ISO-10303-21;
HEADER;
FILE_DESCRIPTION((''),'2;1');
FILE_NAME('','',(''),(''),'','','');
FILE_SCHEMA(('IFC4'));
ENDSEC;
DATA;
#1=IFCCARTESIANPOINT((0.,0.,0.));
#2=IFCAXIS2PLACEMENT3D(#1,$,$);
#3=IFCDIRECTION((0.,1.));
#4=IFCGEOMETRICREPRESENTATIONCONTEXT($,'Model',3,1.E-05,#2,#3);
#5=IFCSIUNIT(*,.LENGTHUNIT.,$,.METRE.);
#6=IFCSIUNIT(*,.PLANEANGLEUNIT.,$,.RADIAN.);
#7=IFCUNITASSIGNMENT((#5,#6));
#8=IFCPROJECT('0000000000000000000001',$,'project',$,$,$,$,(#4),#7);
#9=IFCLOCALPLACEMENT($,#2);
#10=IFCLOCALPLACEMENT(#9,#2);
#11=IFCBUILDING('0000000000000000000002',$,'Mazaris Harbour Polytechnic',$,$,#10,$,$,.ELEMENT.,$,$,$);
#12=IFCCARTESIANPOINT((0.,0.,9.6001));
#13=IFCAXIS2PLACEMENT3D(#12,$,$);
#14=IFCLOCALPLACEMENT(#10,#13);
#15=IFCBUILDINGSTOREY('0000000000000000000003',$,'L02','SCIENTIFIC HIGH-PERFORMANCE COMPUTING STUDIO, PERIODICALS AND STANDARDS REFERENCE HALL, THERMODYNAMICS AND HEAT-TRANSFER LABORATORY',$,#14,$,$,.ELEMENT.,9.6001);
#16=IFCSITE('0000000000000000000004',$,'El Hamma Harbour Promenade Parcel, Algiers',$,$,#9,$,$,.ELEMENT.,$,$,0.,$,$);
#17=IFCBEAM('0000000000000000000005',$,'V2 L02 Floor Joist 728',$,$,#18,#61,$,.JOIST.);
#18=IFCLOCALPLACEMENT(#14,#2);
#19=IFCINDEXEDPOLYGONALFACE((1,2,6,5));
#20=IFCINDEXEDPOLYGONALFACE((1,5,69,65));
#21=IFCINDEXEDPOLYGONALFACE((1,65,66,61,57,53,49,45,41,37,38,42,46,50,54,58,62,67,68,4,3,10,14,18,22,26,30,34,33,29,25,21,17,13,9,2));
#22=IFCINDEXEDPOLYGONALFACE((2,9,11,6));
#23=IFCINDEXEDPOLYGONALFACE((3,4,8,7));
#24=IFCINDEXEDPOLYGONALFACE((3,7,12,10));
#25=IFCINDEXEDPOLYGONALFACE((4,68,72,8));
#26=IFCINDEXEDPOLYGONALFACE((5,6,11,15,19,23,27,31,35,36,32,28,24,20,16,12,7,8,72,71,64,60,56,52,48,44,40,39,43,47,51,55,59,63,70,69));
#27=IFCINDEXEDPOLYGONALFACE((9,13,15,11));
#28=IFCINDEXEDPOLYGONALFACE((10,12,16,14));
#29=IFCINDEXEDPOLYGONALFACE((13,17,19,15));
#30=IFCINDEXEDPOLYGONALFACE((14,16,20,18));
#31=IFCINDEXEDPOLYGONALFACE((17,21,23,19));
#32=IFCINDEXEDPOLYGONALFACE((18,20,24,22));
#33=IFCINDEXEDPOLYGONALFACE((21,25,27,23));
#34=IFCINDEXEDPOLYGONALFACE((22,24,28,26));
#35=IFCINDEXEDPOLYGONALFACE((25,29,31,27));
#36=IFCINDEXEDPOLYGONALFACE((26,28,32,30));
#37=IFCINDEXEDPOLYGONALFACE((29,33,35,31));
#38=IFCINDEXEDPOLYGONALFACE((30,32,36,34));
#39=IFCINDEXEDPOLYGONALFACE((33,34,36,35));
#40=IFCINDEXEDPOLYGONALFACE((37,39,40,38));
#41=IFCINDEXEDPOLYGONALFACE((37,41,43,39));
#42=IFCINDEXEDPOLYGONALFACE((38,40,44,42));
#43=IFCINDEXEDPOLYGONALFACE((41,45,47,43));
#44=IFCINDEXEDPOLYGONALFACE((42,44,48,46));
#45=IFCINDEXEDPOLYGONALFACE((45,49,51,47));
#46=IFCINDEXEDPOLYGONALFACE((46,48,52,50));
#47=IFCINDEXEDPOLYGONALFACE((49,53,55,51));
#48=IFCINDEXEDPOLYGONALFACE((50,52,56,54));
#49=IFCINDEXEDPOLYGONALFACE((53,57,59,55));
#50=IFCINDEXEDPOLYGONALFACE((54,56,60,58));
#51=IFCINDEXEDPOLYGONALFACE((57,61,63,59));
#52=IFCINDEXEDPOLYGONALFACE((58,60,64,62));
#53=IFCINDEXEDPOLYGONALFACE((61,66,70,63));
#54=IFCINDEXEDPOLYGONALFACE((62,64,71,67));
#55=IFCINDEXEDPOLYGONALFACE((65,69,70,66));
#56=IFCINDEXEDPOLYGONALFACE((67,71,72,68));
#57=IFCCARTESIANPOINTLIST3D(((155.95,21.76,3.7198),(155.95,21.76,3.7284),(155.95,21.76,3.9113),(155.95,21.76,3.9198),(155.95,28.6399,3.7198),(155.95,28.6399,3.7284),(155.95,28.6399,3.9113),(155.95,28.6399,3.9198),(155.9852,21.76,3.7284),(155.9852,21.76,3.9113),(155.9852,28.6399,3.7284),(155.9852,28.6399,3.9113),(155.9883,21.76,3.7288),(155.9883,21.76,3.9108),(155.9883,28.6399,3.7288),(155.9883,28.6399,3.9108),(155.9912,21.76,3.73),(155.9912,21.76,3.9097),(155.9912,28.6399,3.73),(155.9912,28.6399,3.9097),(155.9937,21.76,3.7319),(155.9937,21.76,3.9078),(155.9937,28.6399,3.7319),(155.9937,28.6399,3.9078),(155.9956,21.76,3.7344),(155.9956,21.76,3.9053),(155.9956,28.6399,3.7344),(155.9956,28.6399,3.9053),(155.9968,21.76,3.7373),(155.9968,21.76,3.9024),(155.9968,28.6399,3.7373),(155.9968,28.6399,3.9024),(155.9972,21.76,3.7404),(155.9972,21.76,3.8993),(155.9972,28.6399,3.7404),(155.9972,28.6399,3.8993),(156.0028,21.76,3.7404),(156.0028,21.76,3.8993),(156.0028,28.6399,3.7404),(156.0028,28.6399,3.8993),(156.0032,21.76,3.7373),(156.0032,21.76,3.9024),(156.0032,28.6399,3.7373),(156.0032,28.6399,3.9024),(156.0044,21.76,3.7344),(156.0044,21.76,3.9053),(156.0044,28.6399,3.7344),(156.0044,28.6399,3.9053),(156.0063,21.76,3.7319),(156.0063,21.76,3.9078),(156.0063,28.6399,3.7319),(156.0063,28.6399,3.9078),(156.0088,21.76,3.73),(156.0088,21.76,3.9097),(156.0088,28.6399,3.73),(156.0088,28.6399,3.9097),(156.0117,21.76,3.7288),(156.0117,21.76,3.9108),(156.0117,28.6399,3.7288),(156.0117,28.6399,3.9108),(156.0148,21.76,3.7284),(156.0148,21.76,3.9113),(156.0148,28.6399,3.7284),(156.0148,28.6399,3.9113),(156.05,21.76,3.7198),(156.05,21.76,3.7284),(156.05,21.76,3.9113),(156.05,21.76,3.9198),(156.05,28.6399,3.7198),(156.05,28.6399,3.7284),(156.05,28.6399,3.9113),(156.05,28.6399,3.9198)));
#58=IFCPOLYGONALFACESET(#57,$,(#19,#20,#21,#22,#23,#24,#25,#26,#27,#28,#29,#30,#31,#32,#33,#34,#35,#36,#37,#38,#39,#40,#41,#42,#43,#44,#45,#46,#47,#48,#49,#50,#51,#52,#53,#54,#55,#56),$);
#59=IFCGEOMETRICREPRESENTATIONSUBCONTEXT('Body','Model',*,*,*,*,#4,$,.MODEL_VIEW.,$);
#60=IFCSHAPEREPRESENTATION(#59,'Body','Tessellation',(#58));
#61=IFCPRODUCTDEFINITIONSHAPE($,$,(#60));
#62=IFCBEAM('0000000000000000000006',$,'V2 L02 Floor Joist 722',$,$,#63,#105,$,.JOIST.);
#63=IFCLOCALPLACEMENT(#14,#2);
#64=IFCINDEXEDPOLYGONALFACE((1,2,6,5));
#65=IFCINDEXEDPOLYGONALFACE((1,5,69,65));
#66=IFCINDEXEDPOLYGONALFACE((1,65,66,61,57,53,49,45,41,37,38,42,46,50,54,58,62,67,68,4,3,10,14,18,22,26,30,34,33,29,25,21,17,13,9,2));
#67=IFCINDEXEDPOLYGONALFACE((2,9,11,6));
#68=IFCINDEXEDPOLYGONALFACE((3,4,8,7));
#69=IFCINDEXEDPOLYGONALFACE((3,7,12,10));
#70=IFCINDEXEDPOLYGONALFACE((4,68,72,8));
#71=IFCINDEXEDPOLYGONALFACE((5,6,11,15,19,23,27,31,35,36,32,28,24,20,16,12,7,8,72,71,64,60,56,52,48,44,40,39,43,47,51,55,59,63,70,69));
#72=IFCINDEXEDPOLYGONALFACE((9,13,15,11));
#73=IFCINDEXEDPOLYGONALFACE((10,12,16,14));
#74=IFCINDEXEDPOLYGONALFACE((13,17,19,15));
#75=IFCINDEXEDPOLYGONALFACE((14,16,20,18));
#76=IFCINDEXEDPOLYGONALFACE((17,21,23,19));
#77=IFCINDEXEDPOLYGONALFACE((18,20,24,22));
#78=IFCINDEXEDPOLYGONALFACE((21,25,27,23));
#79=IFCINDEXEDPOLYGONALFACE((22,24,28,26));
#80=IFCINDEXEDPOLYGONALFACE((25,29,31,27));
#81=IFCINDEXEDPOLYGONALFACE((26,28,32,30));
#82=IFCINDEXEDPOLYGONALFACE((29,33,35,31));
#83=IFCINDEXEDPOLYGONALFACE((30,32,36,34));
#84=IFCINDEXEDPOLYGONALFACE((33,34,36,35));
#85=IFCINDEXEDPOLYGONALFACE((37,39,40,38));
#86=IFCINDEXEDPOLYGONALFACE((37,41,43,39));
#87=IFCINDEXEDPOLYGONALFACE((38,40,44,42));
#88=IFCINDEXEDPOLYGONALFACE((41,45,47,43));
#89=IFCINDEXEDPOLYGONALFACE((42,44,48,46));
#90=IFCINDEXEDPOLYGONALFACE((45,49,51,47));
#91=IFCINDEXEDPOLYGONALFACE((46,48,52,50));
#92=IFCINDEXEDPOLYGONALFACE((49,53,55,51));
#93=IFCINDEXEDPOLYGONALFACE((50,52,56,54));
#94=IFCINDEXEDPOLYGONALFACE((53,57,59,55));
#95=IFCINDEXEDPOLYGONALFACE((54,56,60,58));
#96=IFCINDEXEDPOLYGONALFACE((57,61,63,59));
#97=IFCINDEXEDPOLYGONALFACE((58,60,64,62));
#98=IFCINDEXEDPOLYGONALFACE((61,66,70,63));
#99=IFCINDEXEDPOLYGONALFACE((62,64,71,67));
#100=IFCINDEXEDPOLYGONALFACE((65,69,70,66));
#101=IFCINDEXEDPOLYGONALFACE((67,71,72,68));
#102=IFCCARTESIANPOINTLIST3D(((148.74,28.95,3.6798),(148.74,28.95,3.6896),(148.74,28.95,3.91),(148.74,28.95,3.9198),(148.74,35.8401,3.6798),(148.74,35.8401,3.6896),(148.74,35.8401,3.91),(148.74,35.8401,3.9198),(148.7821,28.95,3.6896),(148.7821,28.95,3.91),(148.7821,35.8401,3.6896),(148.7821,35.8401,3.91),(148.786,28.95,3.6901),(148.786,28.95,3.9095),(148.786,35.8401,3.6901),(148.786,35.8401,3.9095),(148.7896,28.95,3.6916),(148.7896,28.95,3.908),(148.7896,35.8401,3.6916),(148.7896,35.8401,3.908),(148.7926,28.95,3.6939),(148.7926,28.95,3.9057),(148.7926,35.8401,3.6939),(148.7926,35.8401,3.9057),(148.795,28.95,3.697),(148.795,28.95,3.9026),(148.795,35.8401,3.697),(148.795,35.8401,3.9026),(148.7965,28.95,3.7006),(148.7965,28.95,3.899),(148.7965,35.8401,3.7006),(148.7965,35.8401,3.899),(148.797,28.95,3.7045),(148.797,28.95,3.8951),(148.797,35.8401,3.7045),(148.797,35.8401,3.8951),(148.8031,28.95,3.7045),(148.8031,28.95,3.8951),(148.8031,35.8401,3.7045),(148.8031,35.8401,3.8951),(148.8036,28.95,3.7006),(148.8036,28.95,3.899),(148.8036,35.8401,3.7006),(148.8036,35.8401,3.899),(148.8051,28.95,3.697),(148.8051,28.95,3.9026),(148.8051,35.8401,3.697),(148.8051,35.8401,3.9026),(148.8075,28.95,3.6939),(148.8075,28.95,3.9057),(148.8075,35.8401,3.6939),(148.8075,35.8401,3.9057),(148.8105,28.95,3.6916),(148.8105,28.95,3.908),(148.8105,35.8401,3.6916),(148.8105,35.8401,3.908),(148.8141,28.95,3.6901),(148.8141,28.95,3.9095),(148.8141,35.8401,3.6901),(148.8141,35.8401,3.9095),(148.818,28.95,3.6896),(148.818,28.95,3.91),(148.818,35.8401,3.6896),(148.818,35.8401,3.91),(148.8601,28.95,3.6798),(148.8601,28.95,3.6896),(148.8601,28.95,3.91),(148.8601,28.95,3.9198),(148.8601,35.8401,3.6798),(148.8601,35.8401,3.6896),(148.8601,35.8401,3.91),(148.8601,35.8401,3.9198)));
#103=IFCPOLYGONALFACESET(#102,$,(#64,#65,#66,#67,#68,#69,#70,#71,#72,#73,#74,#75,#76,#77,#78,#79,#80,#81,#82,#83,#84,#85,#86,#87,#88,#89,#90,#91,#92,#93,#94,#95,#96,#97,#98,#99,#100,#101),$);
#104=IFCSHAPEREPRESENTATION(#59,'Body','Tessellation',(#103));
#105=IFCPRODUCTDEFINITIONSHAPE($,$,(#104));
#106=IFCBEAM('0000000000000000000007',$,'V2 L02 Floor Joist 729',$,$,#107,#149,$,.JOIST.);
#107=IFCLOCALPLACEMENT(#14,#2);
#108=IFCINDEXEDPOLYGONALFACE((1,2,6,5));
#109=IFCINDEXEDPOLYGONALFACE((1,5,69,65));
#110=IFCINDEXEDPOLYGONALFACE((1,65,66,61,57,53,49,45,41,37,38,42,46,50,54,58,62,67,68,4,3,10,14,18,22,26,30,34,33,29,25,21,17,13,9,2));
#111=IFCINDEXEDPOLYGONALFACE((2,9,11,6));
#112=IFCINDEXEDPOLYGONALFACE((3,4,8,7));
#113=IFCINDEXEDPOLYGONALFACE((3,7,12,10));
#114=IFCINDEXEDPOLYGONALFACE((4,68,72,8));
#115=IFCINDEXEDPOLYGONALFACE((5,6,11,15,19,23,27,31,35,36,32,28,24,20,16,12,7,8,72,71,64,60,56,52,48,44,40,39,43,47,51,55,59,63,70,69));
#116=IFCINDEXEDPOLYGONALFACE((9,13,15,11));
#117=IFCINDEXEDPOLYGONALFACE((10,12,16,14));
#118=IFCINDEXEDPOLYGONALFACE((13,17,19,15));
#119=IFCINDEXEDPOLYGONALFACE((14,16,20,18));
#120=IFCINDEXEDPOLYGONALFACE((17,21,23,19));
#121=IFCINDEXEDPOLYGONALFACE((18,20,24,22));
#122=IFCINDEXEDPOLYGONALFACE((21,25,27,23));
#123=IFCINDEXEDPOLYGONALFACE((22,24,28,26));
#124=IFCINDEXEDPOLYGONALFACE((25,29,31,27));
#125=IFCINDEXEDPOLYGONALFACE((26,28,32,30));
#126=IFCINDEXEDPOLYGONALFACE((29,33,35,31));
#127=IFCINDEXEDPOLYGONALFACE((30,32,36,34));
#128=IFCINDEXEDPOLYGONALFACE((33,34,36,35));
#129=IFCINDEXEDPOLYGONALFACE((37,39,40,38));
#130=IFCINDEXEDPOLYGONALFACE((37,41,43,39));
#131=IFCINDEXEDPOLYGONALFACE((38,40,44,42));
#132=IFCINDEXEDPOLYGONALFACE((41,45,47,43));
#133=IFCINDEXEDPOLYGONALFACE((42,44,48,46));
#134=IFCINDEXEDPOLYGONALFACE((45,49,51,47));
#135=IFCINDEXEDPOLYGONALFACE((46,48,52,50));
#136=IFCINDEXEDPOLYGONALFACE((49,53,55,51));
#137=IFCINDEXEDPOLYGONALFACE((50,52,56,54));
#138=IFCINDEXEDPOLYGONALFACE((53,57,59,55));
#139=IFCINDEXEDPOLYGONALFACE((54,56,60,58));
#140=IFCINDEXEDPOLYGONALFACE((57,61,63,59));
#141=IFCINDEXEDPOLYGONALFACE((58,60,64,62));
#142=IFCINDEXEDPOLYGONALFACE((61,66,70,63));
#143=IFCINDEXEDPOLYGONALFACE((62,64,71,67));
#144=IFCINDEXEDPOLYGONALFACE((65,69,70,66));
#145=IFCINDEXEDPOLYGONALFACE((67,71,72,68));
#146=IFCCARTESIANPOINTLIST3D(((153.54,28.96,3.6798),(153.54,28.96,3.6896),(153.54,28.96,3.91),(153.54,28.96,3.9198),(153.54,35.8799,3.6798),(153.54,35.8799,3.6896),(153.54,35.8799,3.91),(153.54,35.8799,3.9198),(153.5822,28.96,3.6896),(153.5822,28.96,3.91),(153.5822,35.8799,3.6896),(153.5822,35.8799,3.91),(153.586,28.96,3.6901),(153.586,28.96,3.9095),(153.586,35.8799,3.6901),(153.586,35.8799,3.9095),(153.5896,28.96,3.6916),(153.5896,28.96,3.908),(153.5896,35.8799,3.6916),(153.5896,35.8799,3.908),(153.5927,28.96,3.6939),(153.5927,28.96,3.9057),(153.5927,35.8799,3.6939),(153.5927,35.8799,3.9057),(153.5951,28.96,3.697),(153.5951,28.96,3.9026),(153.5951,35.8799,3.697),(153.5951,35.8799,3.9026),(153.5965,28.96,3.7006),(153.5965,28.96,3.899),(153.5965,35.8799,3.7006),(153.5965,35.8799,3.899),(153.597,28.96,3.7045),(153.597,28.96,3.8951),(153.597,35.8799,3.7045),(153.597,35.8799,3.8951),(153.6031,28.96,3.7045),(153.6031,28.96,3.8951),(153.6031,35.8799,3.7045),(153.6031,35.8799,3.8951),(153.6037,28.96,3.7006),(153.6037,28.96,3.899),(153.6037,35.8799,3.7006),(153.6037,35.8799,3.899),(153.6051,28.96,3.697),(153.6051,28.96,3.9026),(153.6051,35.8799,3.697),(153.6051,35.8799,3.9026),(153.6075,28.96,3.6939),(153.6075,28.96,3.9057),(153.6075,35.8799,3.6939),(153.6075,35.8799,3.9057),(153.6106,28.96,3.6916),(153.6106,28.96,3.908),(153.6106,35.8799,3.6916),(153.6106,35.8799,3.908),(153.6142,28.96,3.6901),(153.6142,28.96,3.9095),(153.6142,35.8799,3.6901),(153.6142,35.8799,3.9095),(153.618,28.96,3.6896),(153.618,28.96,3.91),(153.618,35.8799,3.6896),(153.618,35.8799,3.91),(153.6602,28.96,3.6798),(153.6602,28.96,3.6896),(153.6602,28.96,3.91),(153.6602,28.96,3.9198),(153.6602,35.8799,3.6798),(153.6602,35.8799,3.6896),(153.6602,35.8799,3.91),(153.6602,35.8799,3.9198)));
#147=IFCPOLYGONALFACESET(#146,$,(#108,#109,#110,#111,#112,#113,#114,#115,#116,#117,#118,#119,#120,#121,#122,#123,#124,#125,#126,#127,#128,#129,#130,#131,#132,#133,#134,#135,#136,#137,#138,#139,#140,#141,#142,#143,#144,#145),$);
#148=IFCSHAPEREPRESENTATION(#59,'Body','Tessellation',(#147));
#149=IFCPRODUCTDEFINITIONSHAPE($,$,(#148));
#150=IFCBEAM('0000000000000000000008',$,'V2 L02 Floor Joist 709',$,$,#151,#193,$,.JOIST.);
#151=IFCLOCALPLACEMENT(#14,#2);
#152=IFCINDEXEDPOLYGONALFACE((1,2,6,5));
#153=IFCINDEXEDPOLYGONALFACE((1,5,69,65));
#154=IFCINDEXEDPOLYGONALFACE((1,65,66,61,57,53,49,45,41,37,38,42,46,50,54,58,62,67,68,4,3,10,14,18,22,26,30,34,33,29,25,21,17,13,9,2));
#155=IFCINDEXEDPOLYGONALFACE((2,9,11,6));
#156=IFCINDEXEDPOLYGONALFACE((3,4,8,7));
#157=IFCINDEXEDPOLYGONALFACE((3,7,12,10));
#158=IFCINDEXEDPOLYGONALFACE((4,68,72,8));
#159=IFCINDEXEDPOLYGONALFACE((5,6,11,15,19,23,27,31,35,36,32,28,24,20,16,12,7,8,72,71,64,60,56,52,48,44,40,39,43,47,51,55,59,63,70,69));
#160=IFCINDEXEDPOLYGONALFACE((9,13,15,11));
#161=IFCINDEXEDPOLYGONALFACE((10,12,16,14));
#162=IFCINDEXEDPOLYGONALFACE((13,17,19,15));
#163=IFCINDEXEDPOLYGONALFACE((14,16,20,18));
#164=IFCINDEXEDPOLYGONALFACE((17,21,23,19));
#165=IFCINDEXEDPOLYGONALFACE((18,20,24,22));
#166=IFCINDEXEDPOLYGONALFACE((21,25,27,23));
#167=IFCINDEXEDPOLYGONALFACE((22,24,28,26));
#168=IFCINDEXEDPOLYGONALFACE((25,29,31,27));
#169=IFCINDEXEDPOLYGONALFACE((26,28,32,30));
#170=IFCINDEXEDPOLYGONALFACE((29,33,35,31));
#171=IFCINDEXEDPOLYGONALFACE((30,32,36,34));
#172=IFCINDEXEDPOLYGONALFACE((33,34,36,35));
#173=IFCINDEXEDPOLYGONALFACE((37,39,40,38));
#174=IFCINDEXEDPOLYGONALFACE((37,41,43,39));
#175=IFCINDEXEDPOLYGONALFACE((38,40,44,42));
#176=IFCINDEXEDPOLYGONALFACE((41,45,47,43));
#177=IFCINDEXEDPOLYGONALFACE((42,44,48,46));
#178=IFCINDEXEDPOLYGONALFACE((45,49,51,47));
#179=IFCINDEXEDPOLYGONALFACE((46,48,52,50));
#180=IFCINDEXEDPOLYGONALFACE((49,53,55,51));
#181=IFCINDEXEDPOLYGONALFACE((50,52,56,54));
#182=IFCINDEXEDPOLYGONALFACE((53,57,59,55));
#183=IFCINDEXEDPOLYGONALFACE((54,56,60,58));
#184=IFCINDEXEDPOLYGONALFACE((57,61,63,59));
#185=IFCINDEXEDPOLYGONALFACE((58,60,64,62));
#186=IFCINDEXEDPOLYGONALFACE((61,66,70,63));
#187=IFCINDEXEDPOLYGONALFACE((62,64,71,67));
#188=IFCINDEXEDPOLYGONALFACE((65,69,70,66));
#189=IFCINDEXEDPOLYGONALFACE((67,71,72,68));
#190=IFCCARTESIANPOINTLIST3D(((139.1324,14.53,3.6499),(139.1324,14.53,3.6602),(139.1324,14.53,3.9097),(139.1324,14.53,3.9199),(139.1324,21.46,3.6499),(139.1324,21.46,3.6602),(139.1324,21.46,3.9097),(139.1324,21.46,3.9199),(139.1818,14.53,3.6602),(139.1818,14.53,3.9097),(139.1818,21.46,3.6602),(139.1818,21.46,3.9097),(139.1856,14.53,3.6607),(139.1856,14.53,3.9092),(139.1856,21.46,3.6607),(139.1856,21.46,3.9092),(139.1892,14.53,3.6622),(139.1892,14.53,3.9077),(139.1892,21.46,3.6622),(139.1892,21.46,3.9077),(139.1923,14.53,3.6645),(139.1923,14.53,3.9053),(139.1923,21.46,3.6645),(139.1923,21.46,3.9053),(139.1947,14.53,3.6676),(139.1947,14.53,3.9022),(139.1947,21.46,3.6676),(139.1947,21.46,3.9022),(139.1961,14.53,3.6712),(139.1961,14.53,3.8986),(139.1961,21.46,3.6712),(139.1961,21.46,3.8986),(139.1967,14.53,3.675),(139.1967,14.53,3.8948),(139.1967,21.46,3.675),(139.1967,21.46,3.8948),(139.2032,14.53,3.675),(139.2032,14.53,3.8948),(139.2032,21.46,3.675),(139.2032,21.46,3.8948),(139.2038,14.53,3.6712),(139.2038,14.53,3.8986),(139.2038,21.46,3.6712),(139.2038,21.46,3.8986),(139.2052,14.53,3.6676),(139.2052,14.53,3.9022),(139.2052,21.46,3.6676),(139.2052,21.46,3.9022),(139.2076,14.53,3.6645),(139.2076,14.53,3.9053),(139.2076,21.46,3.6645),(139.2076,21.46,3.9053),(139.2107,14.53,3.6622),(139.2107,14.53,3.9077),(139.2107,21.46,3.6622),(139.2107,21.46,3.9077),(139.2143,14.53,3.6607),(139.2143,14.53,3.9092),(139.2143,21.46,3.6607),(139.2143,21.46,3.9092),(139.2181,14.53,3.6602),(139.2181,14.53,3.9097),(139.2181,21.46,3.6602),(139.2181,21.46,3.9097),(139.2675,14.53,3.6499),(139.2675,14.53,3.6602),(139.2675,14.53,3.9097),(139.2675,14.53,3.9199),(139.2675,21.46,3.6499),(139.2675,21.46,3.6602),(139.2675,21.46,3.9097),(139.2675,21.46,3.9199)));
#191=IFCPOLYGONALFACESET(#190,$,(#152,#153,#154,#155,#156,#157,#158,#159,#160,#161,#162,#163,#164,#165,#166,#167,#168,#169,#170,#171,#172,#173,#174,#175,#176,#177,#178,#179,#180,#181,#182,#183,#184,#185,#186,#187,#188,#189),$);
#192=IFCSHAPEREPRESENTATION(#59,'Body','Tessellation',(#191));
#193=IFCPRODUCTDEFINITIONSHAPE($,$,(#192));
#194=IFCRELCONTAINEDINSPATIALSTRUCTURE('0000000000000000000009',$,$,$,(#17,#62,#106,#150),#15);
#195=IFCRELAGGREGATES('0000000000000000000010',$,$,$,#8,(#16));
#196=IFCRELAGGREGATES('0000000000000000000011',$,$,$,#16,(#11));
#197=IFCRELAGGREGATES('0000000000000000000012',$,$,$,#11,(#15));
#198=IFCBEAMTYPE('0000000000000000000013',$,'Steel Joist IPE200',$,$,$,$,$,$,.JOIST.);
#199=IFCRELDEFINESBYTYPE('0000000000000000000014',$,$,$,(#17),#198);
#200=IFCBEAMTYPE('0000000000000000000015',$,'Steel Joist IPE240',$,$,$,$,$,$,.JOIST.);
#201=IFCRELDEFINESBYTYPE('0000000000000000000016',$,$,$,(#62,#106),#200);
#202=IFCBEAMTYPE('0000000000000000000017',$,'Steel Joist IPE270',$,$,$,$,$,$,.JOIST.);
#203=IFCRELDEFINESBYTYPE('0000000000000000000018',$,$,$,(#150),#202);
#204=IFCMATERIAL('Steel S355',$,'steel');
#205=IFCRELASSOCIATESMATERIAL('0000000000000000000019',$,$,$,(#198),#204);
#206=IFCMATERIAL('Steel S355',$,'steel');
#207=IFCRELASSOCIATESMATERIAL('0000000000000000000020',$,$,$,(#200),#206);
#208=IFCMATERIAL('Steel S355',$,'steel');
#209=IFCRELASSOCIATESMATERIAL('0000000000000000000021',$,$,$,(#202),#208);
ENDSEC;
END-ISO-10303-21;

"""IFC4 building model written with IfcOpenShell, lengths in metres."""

from ifc_helpers import new_model, si_unit, direction, frame, origin, origin_2d, place, context, subcontext, project, spatial, i_section, extrude, material, material_profile, profile_set, type_object, element, save


model = new_model("IFC4")

# Units and contexts
model_context = context("Model", 3, precision=1e-05, world=origin(), true_north=direction((0.0, 1.0)))
body_context = subcontext(model_context, "Body", "Model", "MODEL_VIEW")
ifc_project = project(units=[si_unit("LENGTHUNIT", "METRE"), si_unit("PLANEANGLEUNIT", "RADIAN")], contexts=[model_context])

# Site, building, storey
site_placement = place(None, origin())
site = spatial("IfcSite", under=ifc_project, at=site_placement, Name="El Hamma Harbour Promenade Parcel, Algiers", CompositionType="ELEMENT", RefElevation=0.0)
building_placement = place(site_placement, origin())
building = spatial("IfcBuilding", under=site, at=building_placement, Name="Mazaris Harbour Polytechnic", CompositionType="ELEMENT")
storey_placement = place(building_placement, frame((0.0, 0.0, 9.6001)))
storey = spatial("IfcBuildingStorey", under=building, at=storey_placement, Name="L02", Description="SCIENTIFIC HIGH-PERFORMANCE COMPUTING STUDIO, PERIODICALS AND STANDARDS REFERENCE HALL, THERMODYNAMICS AND HEAT-TRANSFER LABORATORY", CompositionType="ELEMENT", Elevation=9.6001)

# Beams
ifc_material_1 = material(Name="Steel S355", Category="steel")
ifc_material_profile_1 = material_profile(ifc_material_1, i_section(OverallWidth=0.1001, OverallDepth=0.2, WebThickness=0.0056, FlangeThickness=0.0085, FilletRadius=0.012, at=origin_2d()), Name="IPE 200")
ifc_profile_set_1 = profile_set([ifc_material_profile_1], Name="Steel S355")
beam_type_1 = type_object("IfcBeamType", Name="Steel Joist IPE200", PredefinedType="JOIST", material=ifc_profile_set_1)
beam_1_placement = place(storey_placement, frame((156.0, 21.76, 3.8198), z_axis=(0.0, 1.0, 0.0), x_axis=(-1.0, 0.0, 0.0)))
element("IfcBeam", 1, at=beam_1_placement, inside=storey, type_object=beam_type_1, Name="V2 L02 Floor Joist 728", PredefinedType="JOIST", context=body_context, shape_type="SweptSolid", body=[
    extrude(i_section(OverallWidth=0.1001, OverallDepth=0.2, WebThickness=0.0056, FlangeThickness=0.0085, FilletRadius=0.012, at=origin_2d()), origin(), (0.0, 0.0, 1.0), 6.8799),
])
ifc_material_2 = material(Name="Steel S355", Category="steel")
ifc_material_profile_2 = material_profile(ifc_material_2, i_section(OverallWidth=0.1201, OverallDepth=0.24, WebThickness=0.0061, FlangeThickness=0.0098, FilletRadius=0.0149, at=origin_2d()), Name="IPE 240")
ifc_profile_set_2 = profile_set([ifc_material_profile_2], Name="Steel S355")
beam_type_2 = type_object("IfcBeamType", Name="Steel Joist IPE240", PredefinedType="JOIST", material=ifc_profile_set_2)
beam_2_placement = place(storey_placement, frame((148.8, 28.95, 3.7998), z_axis=(0.0, 1.0, 0.0), x_axis=(-1.0, 0.0, 0.0)))
element("IfcBeam", 2, at=beam_2_placement, inside=storey, type_object=beam_type_2, Name="V2 L02 Floor Joist 722", PredefinedType="JOIST", context=body_context, shape_type="SweptSolid", body=[
    extrude(i_section(OverallWidth=0.1201, OverallDepth=0.24, WebThickness=0.0061, FlangeThickness=0.0098, FilletRadius=0.0149, at=origin_2d()), origin(), (0.0, 0.0, 1.0), 6.8901),
])
beam_3_placement = place(storey_placement, frame((153.6001, 28.96, 3.7998), z_axis=(0.0, 1.0, 0.0), x_axis=(-1.0, 0.0, 0.0)))
element("IfcBeam", 3, at=beam_3_placement, inside=storey, type_object=beam_type_2, Name="V2 L02 Floor Joist 729", PredefinedType="JOIST", context=body_context, shape_type="SweptSolid", body=[
    extrude(i_section(OverallWidth=0.1201, OverallDepth=0.24, WebThickness=0.0061, FlangeThickness=0.0098, FilletRadius=0.0149, at=origin_2d()), origin(), (0.0, 0.0, 1.0), 6.9199),
])
ifc_material_3 = material(Name="Steel S355", Category="steel")
ifc_material_profile_3 = material_profile(ifc_material_3, i_section(OverallWidth=0.135, OverallDepth=0.27, WebThickness=0.0066, FlangeThickness=0.0103, FilletRadius=0.0149, at=origin_2d()), Name="IPE 270")
ifc_profile_set_3 = profile_set([ifc_material_profile_3], Name="Steel S355")
beam_type_3 = type_object("IfcBeamType", Name="Steel Joist IPE270", PredefinedType="JOIST", material=ifc_profile_set_3)
beam_4_placement = place(storey_placement, frame((139.2, 14.53, 3.7849), z_axis=(0.0, 1.0, 0.0), x_axis=(-1.0, 0.0, 0.0)))
element("IfcBeam", 4, at=beam_4_placement, inside=storey, type_object=beam_type_3, Name="V2 L02 Floor Joist 709", PredefinedType="JOIST", context=body_context, shape_type="SweptSolid", body=[
    extrude(i_section(OverallWidth=0.135, OverallDepth=0.27, WebThickness=0.0066, FlangeThickness=0.0103, FilletRadius=0.0149, at=origin_2d()), origin(), (0.0, 0.0, 1.0), 6.9299),
])

save(model, "model.ifc")
